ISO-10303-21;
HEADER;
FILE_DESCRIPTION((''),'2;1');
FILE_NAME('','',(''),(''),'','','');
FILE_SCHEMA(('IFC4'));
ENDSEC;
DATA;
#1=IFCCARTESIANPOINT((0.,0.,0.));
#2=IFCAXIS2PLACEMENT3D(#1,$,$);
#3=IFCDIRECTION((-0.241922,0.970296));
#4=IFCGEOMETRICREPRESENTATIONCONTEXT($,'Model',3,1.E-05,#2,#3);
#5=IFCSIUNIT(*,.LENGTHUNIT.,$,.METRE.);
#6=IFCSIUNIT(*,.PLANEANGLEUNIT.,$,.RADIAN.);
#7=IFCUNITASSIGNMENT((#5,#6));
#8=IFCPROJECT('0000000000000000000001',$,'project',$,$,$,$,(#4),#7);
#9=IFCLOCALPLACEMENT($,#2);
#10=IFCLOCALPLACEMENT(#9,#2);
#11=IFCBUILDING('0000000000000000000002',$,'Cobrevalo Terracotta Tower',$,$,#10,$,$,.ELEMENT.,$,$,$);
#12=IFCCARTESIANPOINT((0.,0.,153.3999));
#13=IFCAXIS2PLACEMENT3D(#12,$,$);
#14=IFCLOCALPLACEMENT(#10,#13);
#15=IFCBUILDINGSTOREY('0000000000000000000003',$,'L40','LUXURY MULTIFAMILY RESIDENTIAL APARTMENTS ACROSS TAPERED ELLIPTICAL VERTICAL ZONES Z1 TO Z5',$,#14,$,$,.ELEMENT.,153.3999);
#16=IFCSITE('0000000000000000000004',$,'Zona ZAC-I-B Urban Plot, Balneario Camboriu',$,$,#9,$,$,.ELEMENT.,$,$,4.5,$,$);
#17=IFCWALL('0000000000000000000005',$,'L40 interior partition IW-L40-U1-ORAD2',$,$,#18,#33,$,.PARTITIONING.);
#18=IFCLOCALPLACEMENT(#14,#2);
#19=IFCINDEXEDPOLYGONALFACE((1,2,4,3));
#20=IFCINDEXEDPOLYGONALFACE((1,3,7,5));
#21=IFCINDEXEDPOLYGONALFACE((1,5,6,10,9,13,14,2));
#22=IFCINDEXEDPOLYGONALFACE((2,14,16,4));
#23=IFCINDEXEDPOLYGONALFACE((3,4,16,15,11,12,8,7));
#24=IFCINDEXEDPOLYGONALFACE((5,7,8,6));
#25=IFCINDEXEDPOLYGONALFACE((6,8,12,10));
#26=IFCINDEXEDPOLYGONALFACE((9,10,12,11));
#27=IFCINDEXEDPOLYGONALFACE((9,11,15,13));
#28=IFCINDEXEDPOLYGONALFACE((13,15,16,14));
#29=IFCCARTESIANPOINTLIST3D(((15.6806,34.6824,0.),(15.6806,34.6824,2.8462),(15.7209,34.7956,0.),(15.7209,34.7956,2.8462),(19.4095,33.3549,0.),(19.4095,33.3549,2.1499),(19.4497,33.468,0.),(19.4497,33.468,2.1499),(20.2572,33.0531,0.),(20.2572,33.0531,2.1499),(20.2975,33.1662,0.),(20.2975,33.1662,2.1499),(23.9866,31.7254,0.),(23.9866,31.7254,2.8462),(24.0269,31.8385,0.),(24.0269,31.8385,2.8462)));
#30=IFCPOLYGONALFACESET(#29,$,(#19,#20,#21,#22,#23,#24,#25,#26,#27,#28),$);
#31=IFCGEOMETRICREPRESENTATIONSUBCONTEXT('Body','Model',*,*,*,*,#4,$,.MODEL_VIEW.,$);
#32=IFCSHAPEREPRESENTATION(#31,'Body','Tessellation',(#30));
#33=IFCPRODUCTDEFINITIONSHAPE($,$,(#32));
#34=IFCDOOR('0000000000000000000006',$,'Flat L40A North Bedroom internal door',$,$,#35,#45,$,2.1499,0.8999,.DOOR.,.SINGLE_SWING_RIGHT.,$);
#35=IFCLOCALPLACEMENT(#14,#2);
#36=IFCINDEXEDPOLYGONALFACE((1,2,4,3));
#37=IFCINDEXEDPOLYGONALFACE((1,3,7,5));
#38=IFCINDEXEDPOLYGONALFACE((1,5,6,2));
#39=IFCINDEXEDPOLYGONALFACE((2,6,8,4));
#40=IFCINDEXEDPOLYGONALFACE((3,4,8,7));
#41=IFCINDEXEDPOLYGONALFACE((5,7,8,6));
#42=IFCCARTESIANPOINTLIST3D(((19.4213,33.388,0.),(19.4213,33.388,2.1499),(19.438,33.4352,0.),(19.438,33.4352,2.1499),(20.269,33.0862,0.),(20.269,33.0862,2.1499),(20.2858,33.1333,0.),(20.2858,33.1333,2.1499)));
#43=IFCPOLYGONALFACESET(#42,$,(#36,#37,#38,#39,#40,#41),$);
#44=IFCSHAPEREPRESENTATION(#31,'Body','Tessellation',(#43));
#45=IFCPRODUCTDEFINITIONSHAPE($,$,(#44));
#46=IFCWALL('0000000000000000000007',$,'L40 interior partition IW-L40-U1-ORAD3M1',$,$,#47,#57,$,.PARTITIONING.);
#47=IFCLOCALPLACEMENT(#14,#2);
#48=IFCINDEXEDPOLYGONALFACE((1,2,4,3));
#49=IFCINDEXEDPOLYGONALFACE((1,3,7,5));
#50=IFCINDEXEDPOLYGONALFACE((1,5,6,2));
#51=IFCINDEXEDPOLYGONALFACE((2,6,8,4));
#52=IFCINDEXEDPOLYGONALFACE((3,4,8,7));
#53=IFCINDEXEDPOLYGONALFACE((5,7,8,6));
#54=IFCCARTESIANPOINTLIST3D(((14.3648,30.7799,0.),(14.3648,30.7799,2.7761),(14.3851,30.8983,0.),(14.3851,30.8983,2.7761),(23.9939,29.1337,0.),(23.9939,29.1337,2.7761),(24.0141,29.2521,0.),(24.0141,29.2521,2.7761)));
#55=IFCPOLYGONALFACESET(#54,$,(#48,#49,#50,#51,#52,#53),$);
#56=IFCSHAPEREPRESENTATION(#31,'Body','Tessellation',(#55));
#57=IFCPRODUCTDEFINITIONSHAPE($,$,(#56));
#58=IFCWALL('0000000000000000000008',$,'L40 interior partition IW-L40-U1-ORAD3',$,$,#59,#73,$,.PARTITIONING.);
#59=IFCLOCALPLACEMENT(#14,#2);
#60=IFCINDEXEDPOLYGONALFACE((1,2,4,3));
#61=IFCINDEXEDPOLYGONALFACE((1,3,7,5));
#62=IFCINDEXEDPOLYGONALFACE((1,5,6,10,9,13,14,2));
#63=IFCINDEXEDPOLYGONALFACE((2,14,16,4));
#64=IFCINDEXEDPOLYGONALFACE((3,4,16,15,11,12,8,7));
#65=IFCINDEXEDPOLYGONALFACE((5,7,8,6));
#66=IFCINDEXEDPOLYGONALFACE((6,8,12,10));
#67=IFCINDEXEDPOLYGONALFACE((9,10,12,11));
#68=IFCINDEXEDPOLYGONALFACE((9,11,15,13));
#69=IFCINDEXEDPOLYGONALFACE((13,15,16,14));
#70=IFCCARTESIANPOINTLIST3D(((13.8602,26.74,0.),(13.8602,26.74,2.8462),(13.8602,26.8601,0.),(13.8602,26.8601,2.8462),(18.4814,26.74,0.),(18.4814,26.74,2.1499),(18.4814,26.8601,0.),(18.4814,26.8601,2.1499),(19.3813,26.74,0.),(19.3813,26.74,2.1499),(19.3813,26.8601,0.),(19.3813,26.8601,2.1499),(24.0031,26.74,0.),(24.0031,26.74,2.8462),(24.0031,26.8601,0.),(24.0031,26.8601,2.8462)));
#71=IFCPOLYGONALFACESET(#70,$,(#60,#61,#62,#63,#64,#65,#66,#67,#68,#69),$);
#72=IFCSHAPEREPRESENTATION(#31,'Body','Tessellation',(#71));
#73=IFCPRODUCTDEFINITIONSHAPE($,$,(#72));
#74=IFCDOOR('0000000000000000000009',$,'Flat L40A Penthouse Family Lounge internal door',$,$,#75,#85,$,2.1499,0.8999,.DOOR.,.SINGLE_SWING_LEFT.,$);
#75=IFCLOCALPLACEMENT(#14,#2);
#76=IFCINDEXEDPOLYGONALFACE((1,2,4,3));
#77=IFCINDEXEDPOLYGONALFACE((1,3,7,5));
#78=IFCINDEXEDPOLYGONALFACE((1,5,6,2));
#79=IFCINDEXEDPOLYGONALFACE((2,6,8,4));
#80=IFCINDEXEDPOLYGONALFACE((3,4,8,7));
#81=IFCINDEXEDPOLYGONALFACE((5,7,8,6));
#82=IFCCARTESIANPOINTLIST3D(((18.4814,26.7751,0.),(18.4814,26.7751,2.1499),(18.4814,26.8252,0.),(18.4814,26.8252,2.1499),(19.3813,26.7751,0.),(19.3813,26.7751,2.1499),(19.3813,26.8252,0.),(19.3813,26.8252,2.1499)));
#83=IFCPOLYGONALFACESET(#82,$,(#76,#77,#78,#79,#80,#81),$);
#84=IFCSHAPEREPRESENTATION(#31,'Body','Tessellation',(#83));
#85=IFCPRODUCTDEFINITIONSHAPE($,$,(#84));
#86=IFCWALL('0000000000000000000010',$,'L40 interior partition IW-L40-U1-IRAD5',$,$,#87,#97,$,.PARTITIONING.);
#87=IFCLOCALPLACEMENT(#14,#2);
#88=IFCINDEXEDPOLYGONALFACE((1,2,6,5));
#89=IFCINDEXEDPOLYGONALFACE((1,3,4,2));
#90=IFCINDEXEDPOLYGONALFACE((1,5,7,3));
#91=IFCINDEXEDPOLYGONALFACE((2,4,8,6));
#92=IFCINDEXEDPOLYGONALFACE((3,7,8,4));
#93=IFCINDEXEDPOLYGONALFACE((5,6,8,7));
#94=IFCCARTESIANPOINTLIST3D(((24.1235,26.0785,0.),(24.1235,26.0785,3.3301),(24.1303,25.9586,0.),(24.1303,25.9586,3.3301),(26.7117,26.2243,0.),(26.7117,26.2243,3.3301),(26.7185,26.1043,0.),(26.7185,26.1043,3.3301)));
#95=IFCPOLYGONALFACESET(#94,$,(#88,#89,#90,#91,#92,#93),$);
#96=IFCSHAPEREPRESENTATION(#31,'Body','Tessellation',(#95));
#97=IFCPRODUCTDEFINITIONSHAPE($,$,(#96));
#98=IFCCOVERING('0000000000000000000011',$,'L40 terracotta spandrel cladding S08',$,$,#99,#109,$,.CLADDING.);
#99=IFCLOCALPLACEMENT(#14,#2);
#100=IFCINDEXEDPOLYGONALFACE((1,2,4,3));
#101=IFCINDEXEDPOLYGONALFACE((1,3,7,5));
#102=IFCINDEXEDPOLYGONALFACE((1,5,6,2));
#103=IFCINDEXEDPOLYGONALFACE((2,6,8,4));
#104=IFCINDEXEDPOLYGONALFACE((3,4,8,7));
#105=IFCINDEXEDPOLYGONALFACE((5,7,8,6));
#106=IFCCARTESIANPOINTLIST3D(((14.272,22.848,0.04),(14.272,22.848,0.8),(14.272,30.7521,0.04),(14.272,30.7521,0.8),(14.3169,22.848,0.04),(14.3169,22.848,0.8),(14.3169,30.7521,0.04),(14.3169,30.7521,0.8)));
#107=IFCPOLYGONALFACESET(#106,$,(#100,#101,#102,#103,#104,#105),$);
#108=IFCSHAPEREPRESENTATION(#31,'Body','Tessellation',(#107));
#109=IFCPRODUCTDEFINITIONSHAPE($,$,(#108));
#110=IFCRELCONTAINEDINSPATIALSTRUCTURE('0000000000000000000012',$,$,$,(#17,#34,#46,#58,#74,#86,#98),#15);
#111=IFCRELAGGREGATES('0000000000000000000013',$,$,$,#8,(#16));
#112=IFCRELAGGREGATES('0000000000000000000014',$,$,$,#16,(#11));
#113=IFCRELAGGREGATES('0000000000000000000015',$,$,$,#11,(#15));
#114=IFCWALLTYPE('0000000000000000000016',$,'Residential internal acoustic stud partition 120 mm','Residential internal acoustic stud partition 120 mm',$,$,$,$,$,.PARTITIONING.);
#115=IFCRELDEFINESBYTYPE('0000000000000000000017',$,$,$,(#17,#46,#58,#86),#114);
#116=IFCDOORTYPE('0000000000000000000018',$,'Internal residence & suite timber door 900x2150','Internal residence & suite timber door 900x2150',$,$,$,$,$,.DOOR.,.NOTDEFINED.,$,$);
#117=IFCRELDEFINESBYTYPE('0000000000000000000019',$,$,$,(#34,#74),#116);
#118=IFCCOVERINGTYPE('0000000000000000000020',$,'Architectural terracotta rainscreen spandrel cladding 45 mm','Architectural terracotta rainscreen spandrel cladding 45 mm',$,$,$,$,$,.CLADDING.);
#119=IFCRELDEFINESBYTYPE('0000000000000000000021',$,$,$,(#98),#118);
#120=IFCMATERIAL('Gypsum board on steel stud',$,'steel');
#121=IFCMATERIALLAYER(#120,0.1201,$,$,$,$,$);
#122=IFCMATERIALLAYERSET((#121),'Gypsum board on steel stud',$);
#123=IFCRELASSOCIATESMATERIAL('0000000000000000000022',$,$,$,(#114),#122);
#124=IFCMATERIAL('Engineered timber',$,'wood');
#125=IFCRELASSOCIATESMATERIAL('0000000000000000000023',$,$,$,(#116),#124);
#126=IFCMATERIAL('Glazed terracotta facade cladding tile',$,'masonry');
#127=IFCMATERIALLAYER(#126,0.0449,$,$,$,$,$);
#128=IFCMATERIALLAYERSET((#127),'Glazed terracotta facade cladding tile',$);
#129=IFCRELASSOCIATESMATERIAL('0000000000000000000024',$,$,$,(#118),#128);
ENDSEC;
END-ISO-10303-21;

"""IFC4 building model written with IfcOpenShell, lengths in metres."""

from ifc_helpers import new_model, si_unit, direction, frame, frame_2d, origin, origin_2d, place, context, subcontext, project, spatial, rectangle, extrude, source, transform, mapped, material, layer, layer_set, type_object, element, fill, save


model = new_model("IFC4")

# Units and contexts
model_context = context("Model", 3, precision=1e-05, world=origin(), true_north=direction((-0.241922, 0.970296)))
body_context = subcontext(model_context, "Body", "Model", "MODEL_VIEW")
ifc_project = project(units=[si_unit("LENGTHUNIT", "METRE"), si_unit("PLANEANGLEUNIT", "RADIAN")], contexts=[model_context])

# Site, building, storey
site_placement = place(None, origin())
site = spatial("IfcSite", under=ifc_project, at=site_placement, Name="Zona ZAC-I-B Urban Plot, Balneario Camboriu", CompositionType="ELEMENT", RefElevation=4.5)
building_placement = place(site_placement, origin())
building = spatial("IfcBuilding", under=site, at=building_placement, Name="Cobrevalo Terracotta Tower", CompositionType="ELEMENT")
storey_placement = place(building_placement, frame((0.0, 0.0, 153.3999)))
storey = spatial("IfcBuildingStorey", under=building, at=storey_placement, Name="L40", Description="LUXURY MULTIFAMILY RESIDENTIAL APARTMENTS ACROSS TAPERED ELLIPTICAL VERTICAL ZONES Z1 TO Z5", CompositionType="ELEMENT", Elevation=153.3999)

# Wall, opening, door
ifc_material_1 = material(Name="Gypsum board on steel stud", Category="steel")
ifc_layer_1 = layer(ifc_material_1, 0.1201)
ifc_layer_set_1 = layer_set([ifc_layer_1], Name="Gypsum board on steel stud")
wall_type_1 = type_object("IfcWallType", Name="Residential internal acoustic stud partition 120 mm", Description="Residential internal acoustic stud partition 120 mm", PredefinedType="PARTITIONING", material=ifc_layer_set_1)
wall_1_placement = place(storey_placement, frame((24.0066, 31.782, 0.0), z_axis=(0.0, 0.0, 1.0), x_axis=(-0.942078, 0.335394, 0.0)))
wall_1 = element("IfcWall", 1, at=wall_1_placement, inside=storey, type_object=wall_type_1, Name="L40 interior partition IW-L40-U1-ORAD2", PredefinedType="PARTITIONING", context=body_context, shape_type="SweptSolid", body=[
    extrude(rectangle(XDim=8.8167, YDim=0.1201, at=frame_2d((4.4082, 0.0))), origin(), (0.0, 0.0, 1.0), 2.8462),
])
opening_1_placement = place(wall_1_placement, frame((3.9585, 0.0, 0.0)))
opening_1 = element("IfcOpeningElement", 2, at=opening_1_placement, cuts=wall_1, PredefinedType="OPENING", context=body_context, shape_type="SweptSolid", body=[
    extrude(rectangle(XDim=0.8999, YDim=2.1499, at=frame_2d((0.45, 1.075))), frame((0.0, 0.0701, 0.0), z_axis=(0.0, -1.0, 0.0), x_axis=(1.0, 0.0, 0.0)), (0.0, 0.0, 1.0), 0.1401),
])
ifc_material_2 = material(Name="Engineered timber", Category="wood")
door_type = type_object("IfcDoorType", Name="Internal residence & suite timber door 900x2150", Description="Internal residence & suite timber door 900x2150", OperationType="NOTDEFINED", PredefinedType="DOOR", material=ifc_material_2)
shared_shape_1 = source(origin(), body_context, "Body", "SweptSolid", [
    extrude(rectangle(XDim=0.8999, YDim=2.1499, at=frame_2d((0.45, 1.075))), frame((0.0, 0.0249, 0.0), z_axis=(0.0, -1.0, 0.0), x_axis=(1.0, 0.0, 0.0)), (0.0, 0.0, 1.0), 0.05),
])
door_1_placement = place(opening_1_placement, origin())
door_1 = element("IfcDoor", 3, at=door_1_placement, inside=storey, type_object=door_type, Name="Flat L40A North Bedroom internal door", OperationType="SINGLE_SWING_RIGHT", OverallHeight=2.1499, OverallWidth=0.8999, PredefinedType="DOOR", context=body_context, shape_type="MappedRepresentation", body=[
    mapped(shared_shape_1, transform((0.0, 0.0, 0.0), scale=1.0)),
])
fill(opening_1, door_1)

# Wall
wall_2_placement = place(storey_placement, frame((24.0039, 29.1929, 0.0), z_axis=(0.0, 0.0, 1.0), x_axis=(-0.985698, 0.168519, 0.0)))
element("IfcWall", 4, at=wall_2_placement, inside=storey, type_object=wall_type_1, Name="L40 interior partition IW-L40-U1-ORAD3M1", PredefinedType="PARTITIONING", context=body_context, shape_type="SweptSolid", body=[
    extrude(rectangle(XDim=9.7688, YDim=0.1201, at=frame_2d((4.8843, 0.0))), origin(), (0.0, 0.0, 1.0), 2.7761),
])

# Wall, opening, door
wall_3_placement = place(storey_placement, frame((24.0029, 26.8, 0.0), z_axis=(0.0, 0.0, 1.0), x_axis=(-1.0, 0.0, 0.0)))
wall_3 = element("IfcWall", 5, at=wall_3_placement, inside=storey, type_object=wall_type_1, Name="L40 interior partition IW-L40-U1-ORAD3", PredefinedType="PARTITIONING", context=body_context, shape_type="SweptSolid", body=[
    extrude(rectangle(XDim=10.1428, YDim=0.1201, at=frame_2d((5.0713, 0.0))), origin(), (0.0, 0.0, 1.0), 2.8462),
])
opening_2_placement = place(wall_3_placement, frame((4.6216, 0.0, 0.0)))
opening_2 = element("IfcOpeningElement", 6, at=opening_2_placement, cuts=wall_3, PredefinedType="OPENING", context=body_context, shape_type="SweptSolid", body=[
    extrude(rectangle(XDim=0.8999, YDim=2.1499, at=frame_2d((0.45, 1.075))), frame((0.0, 0.0701, 0.0), z_axis=(0.0, -1.0, 0.0), x_axis=(1.0, 0.0, 0.0)), (0.0, 0.0, 1.0), 0.1401),
])
door_2_placement = place(opening_2_placement, origin())
door_2 = element("IfcDoor", 7, at=door_2_placement, inside=storey, type_object=door_type, Name="Flat L40A Penthouse Family Lounge internal door", OperationType="SINGLE_SWING_LEFT", OverallHeight=2.1499, OverallWidth=0.8999, PredefinedType="DOOR", context=body_context, shape_type="MappedRepresentation", body=[
    mapped(shared_shape_1, transform((0.0, 0.0, 0.0), scale=1.0)),
])
fill(opening_2, door_2)

# Wall
wall_4_placement = place(storey_placement, frame((26.7151, 26.1643, 0.0), z_axis=(0.0, 0.0, 1.0), x_axis=(-0.998418, -0.056226, 0.0)))
element("IfcWall", 8, at=wall_4_placement, inside=storey, type_object=wall_type_1, Name="L40 interior partition IW-L40-U1-IRAD5", PredefinedType="PARTITIONING", context=body_context, shape_type="SweptSolid", body=[
    extrude(rectangle(XDim=2.5923, YDim=0.1201, at=frame_2d((1.2961, 0.0))), origin(), (0.0, 0.0, 1.0), 3.3301),
])

# Covering
ifc_material_3 = material(Name="Glazed terracotta facade cladding tile", Category="masonry")
ifc_layer_2 = layer(ifc_material_3, 0.0449)
ifc_layer_set_2 = layer_set([ifc_layer_2], Name="Glazed terracotta facade cladding tile")
covering_type = type_object("IfcCoveringType", Name="Architectural terracotta rainscreen spandrel cladding 45 mm", Description="Architectural terracotta rainscreen spandrel cladding 45 mm", PredefinedType="CLADDING", material=ifc_layer_set_2)
shared_shape_2 = source(origin(), body_context, "Body", "SweptSolid", [
    extrude(rectangle(XDim=7.9041, YDim=0.0449, at=origin_2d()), origin(), (0.0, 0.0, 1.0), 0.76),
])
covering_placement = place(storey_placement, frame((14.2944, 26.8, 0.04), z_axis=(0.0, 0.0, 1.0), x_axis=(0.0, -1.0, 0.0)))
element("IfcCovering", 9, at=covering_placement, inside=storey, type_object=covering_type, Name="L40 terracotta spandrel cladding S08", PredefinedType="CLADDING", context=body_context, shape_type="MappedRepresentation", body=[
    mapped(shared_shape_2, transform((0.0, 0.0, 0.0), scale=1.0)),
])

save(model, "model.ifc")
